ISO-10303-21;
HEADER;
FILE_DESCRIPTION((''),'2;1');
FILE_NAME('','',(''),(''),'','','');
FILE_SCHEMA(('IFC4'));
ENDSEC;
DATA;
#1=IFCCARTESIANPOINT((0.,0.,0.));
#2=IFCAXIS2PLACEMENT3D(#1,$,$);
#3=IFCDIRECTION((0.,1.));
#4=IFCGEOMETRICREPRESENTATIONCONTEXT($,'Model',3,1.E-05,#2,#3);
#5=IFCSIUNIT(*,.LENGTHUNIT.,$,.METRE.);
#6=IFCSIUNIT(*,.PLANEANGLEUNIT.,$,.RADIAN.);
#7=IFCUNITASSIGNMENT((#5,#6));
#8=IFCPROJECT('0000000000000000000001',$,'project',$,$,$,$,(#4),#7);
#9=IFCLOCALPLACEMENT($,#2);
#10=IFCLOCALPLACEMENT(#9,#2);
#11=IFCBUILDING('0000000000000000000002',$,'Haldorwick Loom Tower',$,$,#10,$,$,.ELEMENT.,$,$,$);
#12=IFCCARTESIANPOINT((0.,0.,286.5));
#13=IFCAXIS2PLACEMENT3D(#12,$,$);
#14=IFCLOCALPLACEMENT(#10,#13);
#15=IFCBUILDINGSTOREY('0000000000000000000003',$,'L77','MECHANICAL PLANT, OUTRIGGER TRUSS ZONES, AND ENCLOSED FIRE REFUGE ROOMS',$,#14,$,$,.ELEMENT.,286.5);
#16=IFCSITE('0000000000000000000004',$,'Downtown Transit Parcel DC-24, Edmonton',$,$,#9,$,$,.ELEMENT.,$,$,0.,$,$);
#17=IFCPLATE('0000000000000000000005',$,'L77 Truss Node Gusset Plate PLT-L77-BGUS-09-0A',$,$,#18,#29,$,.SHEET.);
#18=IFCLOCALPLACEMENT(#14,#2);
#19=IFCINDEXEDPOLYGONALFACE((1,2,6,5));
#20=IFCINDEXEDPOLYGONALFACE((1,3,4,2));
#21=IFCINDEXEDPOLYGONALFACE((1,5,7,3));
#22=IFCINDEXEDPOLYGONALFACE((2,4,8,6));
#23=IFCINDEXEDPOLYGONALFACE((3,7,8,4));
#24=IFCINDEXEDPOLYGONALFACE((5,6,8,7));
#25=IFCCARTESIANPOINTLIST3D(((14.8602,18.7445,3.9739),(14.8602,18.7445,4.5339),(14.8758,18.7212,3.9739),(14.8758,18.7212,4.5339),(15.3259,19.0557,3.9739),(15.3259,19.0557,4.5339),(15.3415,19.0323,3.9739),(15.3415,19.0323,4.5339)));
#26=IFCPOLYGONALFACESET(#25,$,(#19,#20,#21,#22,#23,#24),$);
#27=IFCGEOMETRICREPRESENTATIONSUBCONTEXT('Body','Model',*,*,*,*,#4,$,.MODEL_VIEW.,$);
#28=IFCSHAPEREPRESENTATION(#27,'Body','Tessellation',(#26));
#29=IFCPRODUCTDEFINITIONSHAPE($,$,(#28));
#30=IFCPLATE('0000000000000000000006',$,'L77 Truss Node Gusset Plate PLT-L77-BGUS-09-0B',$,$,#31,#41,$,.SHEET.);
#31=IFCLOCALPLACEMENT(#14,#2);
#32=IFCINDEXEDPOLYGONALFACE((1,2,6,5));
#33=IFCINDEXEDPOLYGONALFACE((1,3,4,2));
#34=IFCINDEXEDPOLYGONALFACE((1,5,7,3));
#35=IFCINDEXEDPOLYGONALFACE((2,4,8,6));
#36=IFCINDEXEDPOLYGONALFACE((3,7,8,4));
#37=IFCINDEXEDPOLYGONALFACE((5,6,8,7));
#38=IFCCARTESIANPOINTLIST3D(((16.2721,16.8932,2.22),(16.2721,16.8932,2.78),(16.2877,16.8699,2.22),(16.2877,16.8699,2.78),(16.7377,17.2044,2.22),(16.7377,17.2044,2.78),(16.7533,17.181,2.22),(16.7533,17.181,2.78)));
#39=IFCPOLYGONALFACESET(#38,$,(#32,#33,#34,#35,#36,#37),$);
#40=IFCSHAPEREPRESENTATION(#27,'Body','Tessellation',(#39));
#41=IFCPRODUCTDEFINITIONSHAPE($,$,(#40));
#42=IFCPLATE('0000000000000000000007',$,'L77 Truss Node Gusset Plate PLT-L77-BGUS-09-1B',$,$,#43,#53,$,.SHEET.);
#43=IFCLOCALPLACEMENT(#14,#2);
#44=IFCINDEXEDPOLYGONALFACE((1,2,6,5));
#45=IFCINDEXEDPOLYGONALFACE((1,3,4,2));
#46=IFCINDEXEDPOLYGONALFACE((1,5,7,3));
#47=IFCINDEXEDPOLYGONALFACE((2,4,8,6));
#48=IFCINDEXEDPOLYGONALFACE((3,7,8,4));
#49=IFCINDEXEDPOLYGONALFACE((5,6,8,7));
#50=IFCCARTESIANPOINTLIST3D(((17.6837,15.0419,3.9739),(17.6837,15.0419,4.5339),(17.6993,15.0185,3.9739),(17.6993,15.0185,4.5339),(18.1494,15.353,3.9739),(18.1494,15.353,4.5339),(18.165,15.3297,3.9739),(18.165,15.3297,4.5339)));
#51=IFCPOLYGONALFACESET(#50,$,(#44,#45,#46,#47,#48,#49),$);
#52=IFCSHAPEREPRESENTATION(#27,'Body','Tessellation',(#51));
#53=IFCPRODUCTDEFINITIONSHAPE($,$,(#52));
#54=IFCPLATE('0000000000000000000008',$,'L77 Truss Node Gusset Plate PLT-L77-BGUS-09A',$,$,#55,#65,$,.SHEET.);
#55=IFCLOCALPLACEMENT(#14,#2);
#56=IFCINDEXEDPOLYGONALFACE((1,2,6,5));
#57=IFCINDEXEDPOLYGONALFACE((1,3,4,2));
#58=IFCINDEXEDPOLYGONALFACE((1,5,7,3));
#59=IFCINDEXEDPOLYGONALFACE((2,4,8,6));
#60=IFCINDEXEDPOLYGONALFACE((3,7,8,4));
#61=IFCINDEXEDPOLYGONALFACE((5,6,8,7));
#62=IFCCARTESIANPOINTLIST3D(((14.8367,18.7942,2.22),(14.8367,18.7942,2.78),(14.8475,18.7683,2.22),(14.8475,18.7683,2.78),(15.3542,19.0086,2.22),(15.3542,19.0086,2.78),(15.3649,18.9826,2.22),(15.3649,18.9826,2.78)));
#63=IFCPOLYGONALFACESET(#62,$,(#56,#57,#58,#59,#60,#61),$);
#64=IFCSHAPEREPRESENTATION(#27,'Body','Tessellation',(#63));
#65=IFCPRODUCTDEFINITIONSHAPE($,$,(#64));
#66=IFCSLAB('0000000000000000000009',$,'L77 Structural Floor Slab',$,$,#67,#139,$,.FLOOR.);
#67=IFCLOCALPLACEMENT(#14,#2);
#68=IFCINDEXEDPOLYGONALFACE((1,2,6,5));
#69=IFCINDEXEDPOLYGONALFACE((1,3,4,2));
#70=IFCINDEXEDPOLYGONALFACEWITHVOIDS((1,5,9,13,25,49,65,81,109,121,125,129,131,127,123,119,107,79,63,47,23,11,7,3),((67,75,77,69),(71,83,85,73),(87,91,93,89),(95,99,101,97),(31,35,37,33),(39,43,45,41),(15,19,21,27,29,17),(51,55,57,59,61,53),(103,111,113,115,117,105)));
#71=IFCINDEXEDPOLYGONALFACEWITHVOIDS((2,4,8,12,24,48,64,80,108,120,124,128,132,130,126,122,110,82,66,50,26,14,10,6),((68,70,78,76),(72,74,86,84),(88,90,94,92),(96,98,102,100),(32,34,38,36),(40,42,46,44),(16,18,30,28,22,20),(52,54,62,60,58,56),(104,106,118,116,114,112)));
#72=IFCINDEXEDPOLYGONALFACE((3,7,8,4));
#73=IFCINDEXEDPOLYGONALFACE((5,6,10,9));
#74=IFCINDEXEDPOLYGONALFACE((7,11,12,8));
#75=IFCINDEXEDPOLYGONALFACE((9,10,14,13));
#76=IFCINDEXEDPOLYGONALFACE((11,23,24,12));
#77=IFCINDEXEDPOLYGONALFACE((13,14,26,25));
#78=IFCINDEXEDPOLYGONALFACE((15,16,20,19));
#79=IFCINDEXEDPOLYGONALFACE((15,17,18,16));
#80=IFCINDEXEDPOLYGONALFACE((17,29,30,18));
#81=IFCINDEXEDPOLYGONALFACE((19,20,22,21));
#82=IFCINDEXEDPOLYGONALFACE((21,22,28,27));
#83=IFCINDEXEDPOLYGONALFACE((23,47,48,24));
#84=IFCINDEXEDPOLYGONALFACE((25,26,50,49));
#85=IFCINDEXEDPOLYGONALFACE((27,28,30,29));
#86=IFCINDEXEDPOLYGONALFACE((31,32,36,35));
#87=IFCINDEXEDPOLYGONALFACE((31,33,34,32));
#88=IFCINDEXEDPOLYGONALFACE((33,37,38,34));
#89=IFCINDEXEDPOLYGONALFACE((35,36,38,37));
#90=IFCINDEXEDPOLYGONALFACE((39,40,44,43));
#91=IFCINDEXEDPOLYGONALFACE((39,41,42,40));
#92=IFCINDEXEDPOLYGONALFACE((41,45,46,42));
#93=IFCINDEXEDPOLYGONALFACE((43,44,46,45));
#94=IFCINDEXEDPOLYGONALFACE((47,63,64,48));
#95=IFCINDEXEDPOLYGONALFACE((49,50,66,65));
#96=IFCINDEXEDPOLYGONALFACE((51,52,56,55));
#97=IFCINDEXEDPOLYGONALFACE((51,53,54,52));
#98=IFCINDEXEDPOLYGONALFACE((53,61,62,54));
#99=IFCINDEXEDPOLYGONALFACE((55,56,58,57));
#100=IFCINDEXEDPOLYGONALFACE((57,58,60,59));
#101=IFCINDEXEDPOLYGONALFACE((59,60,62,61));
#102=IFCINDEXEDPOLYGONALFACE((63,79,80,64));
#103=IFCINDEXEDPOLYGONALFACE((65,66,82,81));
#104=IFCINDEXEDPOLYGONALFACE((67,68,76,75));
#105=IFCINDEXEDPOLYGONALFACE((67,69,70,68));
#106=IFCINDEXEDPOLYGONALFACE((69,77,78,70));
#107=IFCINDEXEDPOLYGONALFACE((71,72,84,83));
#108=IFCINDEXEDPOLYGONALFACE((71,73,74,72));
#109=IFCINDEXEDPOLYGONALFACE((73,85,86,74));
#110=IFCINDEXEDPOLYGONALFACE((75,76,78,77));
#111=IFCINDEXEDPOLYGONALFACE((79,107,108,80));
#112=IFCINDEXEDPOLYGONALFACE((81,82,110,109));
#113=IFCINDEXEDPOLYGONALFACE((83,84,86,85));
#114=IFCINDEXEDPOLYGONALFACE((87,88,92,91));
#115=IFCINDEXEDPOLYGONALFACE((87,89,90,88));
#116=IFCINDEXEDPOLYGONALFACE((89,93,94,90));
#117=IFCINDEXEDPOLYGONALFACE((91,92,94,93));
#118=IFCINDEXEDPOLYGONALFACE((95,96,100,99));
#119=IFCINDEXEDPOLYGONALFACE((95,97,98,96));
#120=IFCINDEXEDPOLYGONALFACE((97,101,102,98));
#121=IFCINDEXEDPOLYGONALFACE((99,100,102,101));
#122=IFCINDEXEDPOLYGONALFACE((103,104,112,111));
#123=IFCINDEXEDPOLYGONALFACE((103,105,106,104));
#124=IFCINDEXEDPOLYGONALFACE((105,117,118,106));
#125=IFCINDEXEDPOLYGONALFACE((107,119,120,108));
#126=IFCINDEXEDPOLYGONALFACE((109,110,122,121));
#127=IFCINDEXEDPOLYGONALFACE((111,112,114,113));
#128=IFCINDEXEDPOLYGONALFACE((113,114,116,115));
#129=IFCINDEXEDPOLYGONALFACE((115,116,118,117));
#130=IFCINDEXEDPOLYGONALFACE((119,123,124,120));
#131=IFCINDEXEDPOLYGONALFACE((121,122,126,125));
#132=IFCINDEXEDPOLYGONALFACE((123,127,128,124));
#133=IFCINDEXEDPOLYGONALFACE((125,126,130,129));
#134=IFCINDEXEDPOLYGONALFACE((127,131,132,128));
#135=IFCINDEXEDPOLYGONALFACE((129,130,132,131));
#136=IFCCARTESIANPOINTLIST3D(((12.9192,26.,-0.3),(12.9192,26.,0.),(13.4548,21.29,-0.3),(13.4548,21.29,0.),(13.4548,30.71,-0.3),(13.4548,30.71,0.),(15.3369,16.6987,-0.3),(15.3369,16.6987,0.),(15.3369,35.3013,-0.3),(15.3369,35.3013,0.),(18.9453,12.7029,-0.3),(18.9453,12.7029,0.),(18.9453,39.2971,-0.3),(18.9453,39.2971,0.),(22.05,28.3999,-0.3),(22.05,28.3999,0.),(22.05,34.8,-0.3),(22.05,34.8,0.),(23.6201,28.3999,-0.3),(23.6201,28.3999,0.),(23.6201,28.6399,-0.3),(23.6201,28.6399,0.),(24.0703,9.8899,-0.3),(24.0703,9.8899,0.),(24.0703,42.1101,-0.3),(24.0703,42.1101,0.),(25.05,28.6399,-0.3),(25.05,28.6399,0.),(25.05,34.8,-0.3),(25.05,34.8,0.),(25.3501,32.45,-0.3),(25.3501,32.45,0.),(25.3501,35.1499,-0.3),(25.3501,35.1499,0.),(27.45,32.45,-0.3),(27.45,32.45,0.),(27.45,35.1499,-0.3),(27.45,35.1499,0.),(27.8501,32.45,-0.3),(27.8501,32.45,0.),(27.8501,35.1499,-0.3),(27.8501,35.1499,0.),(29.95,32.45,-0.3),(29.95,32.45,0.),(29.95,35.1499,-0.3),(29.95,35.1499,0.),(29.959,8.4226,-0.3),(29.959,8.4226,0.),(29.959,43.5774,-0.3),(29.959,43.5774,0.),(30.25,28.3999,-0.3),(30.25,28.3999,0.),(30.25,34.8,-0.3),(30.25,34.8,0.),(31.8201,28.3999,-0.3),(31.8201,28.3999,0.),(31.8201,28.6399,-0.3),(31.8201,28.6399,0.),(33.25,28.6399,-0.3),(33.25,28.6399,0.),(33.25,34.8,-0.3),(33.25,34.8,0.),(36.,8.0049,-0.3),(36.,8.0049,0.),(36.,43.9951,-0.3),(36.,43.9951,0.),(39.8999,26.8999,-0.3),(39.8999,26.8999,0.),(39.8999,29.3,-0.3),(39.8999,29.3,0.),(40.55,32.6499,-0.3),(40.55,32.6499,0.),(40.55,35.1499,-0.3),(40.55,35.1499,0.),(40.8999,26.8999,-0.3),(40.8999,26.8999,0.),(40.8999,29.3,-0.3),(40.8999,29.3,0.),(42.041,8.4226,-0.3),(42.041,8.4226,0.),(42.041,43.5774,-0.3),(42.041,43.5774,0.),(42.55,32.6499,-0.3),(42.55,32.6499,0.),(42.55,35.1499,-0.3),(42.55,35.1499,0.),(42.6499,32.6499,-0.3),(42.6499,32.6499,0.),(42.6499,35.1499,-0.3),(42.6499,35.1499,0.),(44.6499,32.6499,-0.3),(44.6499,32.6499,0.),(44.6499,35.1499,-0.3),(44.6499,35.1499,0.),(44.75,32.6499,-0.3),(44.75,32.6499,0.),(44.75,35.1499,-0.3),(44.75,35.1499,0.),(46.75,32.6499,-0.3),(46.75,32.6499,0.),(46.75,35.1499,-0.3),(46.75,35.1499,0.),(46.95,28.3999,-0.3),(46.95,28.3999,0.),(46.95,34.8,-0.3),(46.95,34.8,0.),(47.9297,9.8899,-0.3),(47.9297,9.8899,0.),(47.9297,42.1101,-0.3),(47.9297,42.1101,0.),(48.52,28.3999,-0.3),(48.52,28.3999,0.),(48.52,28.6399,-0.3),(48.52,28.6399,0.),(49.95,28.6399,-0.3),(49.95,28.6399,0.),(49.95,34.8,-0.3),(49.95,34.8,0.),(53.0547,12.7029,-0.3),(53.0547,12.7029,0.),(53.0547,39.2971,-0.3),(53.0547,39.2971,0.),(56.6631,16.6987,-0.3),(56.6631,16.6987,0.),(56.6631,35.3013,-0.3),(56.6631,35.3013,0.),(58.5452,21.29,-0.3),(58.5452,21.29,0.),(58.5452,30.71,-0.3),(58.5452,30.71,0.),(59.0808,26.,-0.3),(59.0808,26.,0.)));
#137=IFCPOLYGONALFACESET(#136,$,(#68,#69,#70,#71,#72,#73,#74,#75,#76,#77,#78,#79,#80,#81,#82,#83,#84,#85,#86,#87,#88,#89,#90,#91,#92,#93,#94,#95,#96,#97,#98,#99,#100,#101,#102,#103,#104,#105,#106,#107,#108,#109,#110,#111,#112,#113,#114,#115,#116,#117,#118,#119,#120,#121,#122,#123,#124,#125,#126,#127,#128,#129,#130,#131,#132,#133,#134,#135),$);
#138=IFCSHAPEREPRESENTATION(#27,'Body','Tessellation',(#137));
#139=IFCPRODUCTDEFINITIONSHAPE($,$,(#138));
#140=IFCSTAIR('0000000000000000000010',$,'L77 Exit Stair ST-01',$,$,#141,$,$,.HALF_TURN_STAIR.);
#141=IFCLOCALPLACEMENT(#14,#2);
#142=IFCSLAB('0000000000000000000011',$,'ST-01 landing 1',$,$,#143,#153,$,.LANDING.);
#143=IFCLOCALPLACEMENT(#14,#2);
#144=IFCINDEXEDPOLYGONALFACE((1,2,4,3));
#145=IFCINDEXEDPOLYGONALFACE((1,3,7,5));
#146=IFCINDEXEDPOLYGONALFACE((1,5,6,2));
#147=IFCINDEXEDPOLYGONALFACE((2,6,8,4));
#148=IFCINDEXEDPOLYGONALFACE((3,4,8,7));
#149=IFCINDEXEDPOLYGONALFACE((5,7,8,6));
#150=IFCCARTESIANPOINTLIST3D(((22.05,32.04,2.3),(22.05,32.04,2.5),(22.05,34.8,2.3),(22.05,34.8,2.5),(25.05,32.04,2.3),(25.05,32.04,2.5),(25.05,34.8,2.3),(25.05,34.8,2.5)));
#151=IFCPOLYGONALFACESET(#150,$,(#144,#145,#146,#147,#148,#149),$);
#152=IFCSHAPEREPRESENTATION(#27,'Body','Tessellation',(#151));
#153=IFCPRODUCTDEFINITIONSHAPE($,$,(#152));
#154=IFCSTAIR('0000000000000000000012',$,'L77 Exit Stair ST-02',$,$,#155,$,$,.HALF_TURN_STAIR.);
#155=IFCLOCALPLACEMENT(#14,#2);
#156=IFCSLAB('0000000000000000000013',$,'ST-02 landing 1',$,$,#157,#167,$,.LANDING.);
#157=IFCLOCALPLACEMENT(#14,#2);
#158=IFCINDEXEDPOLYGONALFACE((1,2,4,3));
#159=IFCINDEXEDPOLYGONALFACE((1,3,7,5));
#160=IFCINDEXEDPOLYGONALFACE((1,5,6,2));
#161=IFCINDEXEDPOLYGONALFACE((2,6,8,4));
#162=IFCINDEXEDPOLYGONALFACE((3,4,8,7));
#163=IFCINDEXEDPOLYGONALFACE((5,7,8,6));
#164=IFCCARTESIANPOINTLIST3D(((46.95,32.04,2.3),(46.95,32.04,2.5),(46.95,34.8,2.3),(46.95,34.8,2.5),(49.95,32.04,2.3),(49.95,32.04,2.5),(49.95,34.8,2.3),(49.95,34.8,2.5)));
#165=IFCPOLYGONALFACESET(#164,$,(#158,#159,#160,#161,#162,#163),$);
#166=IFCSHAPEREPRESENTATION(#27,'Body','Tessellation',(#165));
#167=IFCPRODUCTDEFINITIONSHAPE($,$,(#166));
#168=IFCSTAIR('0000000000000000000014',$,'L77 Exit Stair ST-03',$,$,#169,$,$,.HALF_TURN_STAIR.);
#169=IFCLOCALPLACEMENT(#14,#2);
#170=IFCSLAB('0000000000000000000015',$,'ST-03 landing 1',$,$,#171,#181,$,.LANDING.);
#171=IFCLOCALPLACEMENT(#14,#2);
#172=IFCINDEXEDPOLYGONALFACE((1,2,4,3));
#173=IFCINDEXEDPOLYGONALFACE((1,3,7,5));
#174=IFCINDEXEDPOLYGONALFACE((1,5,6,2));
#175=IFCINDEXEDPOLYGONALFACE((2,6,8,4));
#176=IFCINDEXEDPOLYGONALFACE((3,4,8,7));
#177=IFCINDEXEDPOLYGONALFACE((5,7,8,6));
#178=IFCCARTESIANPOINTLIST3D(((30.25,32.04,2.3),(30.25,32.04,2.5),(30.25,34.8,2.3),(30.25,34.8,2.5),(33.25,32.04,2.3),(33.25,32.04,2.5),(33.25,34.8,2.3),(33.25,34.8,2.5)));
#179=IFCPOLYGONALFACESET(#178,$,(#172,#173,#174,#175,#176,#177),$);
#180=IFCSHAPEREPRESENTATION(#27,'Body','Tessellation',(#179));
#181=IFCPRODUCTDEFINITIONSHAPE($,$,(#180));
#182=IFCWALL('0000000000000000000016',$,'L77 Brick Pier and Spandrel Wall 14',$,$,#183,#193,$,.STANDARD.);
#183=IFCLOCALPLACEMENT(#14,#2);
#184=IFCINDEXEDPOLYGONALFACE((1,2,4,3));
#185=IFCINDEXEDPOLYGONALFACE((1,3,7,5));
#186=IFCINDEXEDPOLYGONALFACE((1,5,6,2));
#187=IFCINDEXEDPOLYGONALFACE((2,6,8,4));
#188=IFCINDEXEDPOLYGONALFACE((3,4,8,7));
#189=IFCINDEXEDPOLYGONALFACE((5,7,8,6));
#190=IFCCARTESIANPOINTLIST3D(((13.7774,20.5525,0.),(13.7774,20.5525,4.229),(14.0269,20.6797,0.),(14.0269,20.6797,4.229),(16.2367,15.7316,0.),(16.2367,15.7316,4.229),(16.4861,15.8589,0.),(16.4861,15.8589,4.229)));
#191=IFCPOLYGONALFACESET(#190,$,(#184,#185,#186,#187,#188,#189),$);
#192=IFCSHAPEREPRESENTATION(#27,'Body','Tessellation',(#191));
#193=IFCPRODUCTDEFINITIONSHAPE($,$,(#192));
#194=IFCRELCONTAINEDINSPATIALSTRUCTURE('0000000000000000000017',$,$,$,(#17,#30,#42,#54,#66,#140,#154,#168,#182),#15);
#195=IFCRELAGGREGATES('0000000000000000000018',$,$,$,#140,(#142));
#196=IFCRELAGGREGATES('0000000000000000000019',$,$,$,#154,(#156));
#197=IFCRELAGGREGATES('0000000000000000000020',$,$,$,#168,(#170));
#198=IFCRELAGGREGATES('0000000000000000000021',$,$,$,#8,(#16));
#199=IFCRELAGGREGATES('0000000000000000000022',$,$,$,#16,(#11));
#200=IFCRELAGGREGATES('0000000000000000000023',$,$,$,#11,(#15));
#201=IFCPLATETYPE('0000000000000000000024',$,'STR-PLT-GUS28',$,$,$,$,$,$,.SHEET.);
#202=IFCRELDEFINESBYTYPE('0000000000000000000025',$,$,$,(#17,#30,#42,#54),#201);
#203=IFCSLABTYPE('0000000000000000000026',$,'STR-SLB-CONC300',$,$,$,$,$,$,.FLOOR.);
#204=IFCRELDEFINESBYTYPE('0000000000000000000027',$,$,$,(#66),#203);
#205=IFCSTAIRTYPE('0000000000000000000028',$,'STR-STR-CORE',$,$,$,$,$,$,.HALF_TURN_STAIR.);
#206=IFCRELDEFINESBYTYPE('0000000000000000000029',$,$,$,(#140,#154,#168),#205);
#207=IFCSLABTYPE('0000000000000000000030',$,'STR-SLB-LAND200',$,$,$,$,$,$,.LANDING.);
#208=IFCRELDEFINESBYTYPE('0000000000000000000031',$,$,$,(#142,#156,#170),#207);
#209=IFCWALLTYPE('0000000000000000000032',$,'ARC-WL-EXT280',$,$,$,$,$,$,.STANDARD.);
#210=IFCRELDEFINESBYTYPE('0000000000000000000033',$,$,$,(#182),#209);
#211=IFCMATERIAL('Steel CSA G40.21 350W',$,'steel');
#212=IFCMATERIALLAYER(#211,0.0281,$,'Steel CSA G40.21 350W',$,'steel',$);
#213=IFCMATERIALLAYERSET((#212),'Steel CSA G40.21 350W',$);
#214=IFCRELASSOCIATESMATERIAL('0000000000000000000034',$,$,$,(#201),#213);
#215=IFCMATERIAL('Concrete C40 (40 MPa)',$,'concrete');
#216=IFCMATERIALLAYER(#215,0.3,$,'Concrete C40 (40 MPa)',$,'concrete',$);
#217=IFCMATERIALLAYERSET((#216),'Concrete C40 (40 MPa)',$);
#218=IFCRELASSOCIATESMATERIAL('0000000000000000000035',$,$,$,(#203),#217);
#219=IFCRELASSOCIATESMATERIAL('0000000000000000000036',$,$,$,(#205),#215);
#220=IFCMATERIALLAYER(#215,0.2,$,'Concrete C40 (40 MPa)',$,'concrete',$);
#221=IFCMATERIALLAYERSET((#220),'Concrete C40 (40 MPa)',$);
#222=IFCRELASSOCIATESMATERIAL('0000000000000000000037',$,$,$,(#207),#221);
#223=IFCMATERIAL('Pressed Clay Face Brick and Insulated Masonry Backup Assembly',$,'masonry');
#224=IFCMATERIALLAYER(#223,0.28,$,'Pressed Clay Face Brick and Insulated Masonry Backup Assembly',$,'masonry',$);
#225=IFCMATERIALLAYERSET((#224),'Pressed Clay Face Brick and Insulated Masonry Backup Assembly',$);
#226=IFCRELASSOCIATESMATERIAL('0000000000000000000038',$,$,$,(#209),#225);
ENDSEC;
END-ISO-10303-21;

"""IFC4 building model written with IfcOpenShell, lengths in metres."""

from ifc_helpers import new_model, si_unit, direction, frame, frame_2d, origin, origin_2d, place, context, subcontext, project, spatial, polyline, rectangle, outline, extrude, material, layer, layer_set, type_object, element, aggregate, save


model = new_model("IFC4")

# Units and contexts
model_context = context("Model", 3, precision=1e-05, world=origin(), true_north=direction((0.0, 1.0)))
body_context = subcontext(model_context, "Body", "Model", "MODEL_VIEW")
ifc_project = project(units=[si_unit("LENGTHUNIT", "METRE"), si_unit("PLANEANGLEUNIT", "RADIAN")], contexts=[model_context])

# Site, building, storey
site_placement = place(None, origin())
site = spatial("IfcSite", under=ifc_project, at=site_placement, Name="Downtown Transit Parcel DC-24, Edmonton", CompositionType="ELEMENT", RefElevation=0.0)
building_placement = place(site_placement, origin())
building = spatial("IfcBuilding", under=site, at=building_placement, Name="Haldorwick Loom Tower", CompositionType="ELEMENT")
storey_placement = place(building_placement, frame((0.0, 0.0, 286.5)))
storey = spatial("IfcBuildingStorey", under=building, at=storey_placement, Name="L77", Description="MECHANICAL PLANT, OUTRIGGER TRUSS ZONES, AND ENCLOSED FIRE REFUGE ROOMS", CompositionType="ELEMENT", Elevation=286.5)

# Shared definitions
ifc_material_1 = material(Name="Steel CSA G40.21 350W", Category="steel")

# Plates
ifc_layer_1 = layer(ifc_material_1, 0.0281, Name="Steel CSA G40.21 350W", Category="steel")
ifc_layer_set_1 = layer_set([ifc_layer_1], Name="Steel CSA G40.21 350W")
plate_type = type_object("IfcPlateType", Name="STR-PLT-GUS28", PredefinedType="SHEET", material=ifc_layer_set_1)
for number, where, z_axis, x_axis, name in (
    (1, (15.1008, 18.8884, 3.9739), (0.0, 0.0, 1.0), (-0.83147, -0.55557, 0.0), "L77 Truss Node Gusset Plate PLT-L77-BGUS-09-0A"),
    (2, (16.5127, 17.0371, 2.22), (0.0, 0.0, 1.0), (-0.83147, -0.55557, 0.0), "L77 Truss Node Gusset Plate PLT-L77-BGUS-09-0B"),
    (3, (17.9243, 15.1858, 3.9739), (0.0, 0.0, 1.0), (-0.83147, -0.55557, 0.0), "L77 Truss Node Gusset Plate PLT-L77-BGUS-09-1B"),
    (4, (15.1008, 18.8884, 2.22), (0.0, 0.0, 1.0), (-0.92388, -0.382683, 0.0), "L77 Truss Node Gusset Plate PLT-L77-BGUS-09A"),
):
    element("IfcPlate", number, at=place(storey_placement, frame(where, z_axis=z_axis, x_axis=x_axis)), inside=storey, type_object=plate_type, Name=name, PredefinedType="SHEET", context=body_context, shape_type="SweptSolid", body=[
        extrude(rectangle(XDim=0.5601, YDim=0.0281, at=origin_2d()), origin(), (0.0, 0.0, 1.0), 0.5601),
    ])

# Slab
ifc_material_2 = material(Name="Concrete C40 (40 MPa)", Category="concrete")
ifc_layer_2 = layer(ifc_material_2, 0.3, Name="Concrete C40 (40 MPa)", Category="concrete")
ifc_layer_set_2 = layer_set([ifc_layer_2], Name="Concrete C40 (40 MPa)")
slab_type_1 = type_object("IfcSlabType", Name="STR-SLB-CONC300", PredefinedType="FLOOR", material=ifc_layer_set_2)
slab_1_placement = place(storey_placement, frame((0.0, 0.0, -0.3)))
element("IfcSlab", 5, at=slab_1_placement, inside=storey, type_object=slab_type_1, Name="L77 Structural Floor Slab", PredefinedType="FLOOR", context=body_context, shape_type="SweptSolid", body=[
    extrude(outline(polyline([(53.0547, 12.7029), (56.6631, 16.6987), (58.5452, 21.29), (59.0808, 26.0), (58.5452, 30.71), (56.6631, 35.3013), (53.0547, 39.2971), (47.9297, 42.1101), (42.041, 43.5774), (36.0, 43.9951), (29.959, 43.5774), (24.0703, 42.1101), (18.9453, 39.2971), (15.3369, 35.3013), (13.4548, 30.71), (12.9192, 26.0), (13.4548, 21.29), (15.3369, 16.6987), (18.9453, 12.7029), (24.0703, 9.8899), (29.959, 8.4226), (36.0, 8.0049), (42.041, 8.4226), (47.9297, 9.8899), (53.0547, 12.7029)]), holes=[polyline([(40.8999, 26.8999), (39.8999, 26.8999), (39.8999, 29.3), (40.8999, 29.3), (40.8999, 26.8999)]), polyline([(23.6201, 28.3999), (22.05, 28.3999), (22.05, 34.8), (25.05, 34.8), (25.05, 28.6399), (23.6201, 28.6399), (23.6201, 28.3999)]), polyline([(31.8201, 28.3999), (30.25, 28.3999), (30.25, 34.8), (33.25, 34.8), (33.25, 28.6399), (31.8201, 28.6399), (31.8201, 28.3999)]), polyline([(48.52, 28.3999), (46.95, 28.3999), (46.95, 34.8), (49.95, 34.8), (49.95, 28.6399), (48.52, 28.6399), (48.52, 28.3999)]), polyline([(27.45, 32.45), (25.3501, 32.45), (25.3501, 35.1499), (27.45, 35.1499), (27.45, 32.45)]), polyline([(29.95, 32.45), (27.8501, 32.45), (27.8501, 35.1499), (29.95, 35.1499), (29.95, 32.45)]), polyline([(42.55, 32.6499), (40.55, 32.6499), (40.55, 35.1499), (42.55, 35.1499), (42.55, 32.6499)]), polyline([(42.6499, 32.6499), (42.6499, 35.1499), (44.6499, 35.1499), (44.6499, 32.6499), (42.6499, 32.6499)]), polyline([(44.75, 32.6499), (44.75, 35.1499), (46.75, 35.1499), (46.75, 32.6499), (44.75, 32.6499)])]), origin(), (0.0, 0.0, 1.0), 0.3),
])

# Stairs, slabs
stair_type = type_object("IfcStairType", Name="STR-STR-CORE", PredefinedType="HALF_TURN_STAIR", material=ifc_material_2)
stair_1_placement = place(storey_placement, origin())
stair_1 = element("IfcStair", 6, at=stair_1_placement, inside=storey, type_object=stair_type, Name="L77 Exit Stair ST-01", PredefinedType="HALF_TURN_STAIR")
ifc_layer_3 = layer(ifc_material_2, 0.2, Name="Concrete C40 (40 MPa)", Category="concrete")
ifc_layer_set_3 = layer_set([ifc_layer_3], Name="Concrete C40 (40 MPa)")
slab_type_2 = type_object("IfcSlabType", Name="STR-SLB-LAND200", PredefinedType="LANDING", material=ifc_layer_set_3)
slab_2_placement = place(storey_placement, frame((0.0, 0.0, 2.3)))
slab_2 = element("IfcSlab", 7, at=slab_2_placement, type_object=slab_type_2, Name="ST-01 landing 1", PredefinedType="LANDING", context=body_context, shape_type="SweptSolid", body=[
    extrude(outline(polyline([(25.05, 32.04), (25.05, 34.8), (22.05, 34.8), (22.05, 32.04), (25.05, 32.04)])), origin(), (0.0, 0.0, 1.0), 0.2),
])
aggregate(stair_1, [slab_2])
stair_2_placement = place(storey_placement, origin())
stair_2 = element("IfcStair", 8, at=stair_2_placement, inside=storey, type_object=stair_type, Name="L77 Exit Stair ST-02", PredefinedType="HALF_TURN_STAIR")
slab_3_placement = place(storey_placement, frame((0.0, 0.0, 2.3)))
slab_3 = element("IfcSlab", 9, at=slab_3_placement, type_object=slab_type_2, Name="ST-02 landing 1", PredefinedType="LANDING", context=body_context, shape_type="SweptSolid", body=[
    extrude(outline(polyline([(49.95, 32.04), (49.95, 34.8), (46.95, 34.8), (46.95, 32.04), (49.95, 32.04)])), origin(), (0.0, 0.0, 1.0), 0.2),
])
aggregate(stair_2, [slab_3])
stair_3_placement = place(storey_placement, origin())
stair_3 = element("IfcStair", 10, at=stair_3_placement, inside=storey, type_object=stair_type, Name="L77 Exit Stair ST-03", PredefinedType="HALF_TURN_STAIR")
slab_4_placement = place(storey_placement, frame((0.0, 0.0, 2.3)))
slab_4 = element("IfcSlab", 11, at=slab_4_placement, type_object=slab_type_2, Name="ST-03 landing 1", PredefinedType="LANDING", context=body_context, shape_type="SweptSolid", body=[
    extrude(outline(polyline([(33.25, 32.04), (33.25, 34.8), (30.25, 34.8), (30.25, 32.04), (33.25, 32.04)])), origin(), (0.0, 0.0, 1.0), 0.2),
])
aggregate(stair_3, [slab_4])

# Wall
ifc_material_3 = material(Name="Pressed Clay Face Brick and Insulated Masonry Backup Assembly", Category="masonry")
ifc_layer_4 = layer(ifc_material_3, 0.28, Name="Pressed Clay Face Brick and Insulated Masonry Backup Assembly", Category="masonry")
ifc_layer_set_4 = layer_set([ifc_layer_4], Name="Pressed Clay Face Brick and Insulated Masonry Backup Assembly")
wall_type_1 = type_object("IfcWallType", Name="ARC-WL-EXT280", PredefinedType="STANDARD", material=ifc_layer_set_4)
for number, where, z_axis, x_axis, name in (
    (12, (13.9021, 20.6162, 0.0), (0.0, 0.0, 1.0), (0.454417, -0.890789, 0.0), "L77 Brick Pier and Spandrel Wall 14"),
):
    element("IfcWall", number, at=place(storey_placement, frame(where, z_axis=z_axis, x_axis=x_axis)), inside=storey, type_object=wall_type_1, Name=name, PredefinedType="STANDARD", context=body_context, shape_type="SweptSolid", body=[
        extrude(rectangle(XDim=5.4119, YDim=0.28, at=frame_2d((2.7061, 0.0))), origin(), (0.0, 0.0, 1.0), 4.229),
    ])

save(model, "model.ifc")
